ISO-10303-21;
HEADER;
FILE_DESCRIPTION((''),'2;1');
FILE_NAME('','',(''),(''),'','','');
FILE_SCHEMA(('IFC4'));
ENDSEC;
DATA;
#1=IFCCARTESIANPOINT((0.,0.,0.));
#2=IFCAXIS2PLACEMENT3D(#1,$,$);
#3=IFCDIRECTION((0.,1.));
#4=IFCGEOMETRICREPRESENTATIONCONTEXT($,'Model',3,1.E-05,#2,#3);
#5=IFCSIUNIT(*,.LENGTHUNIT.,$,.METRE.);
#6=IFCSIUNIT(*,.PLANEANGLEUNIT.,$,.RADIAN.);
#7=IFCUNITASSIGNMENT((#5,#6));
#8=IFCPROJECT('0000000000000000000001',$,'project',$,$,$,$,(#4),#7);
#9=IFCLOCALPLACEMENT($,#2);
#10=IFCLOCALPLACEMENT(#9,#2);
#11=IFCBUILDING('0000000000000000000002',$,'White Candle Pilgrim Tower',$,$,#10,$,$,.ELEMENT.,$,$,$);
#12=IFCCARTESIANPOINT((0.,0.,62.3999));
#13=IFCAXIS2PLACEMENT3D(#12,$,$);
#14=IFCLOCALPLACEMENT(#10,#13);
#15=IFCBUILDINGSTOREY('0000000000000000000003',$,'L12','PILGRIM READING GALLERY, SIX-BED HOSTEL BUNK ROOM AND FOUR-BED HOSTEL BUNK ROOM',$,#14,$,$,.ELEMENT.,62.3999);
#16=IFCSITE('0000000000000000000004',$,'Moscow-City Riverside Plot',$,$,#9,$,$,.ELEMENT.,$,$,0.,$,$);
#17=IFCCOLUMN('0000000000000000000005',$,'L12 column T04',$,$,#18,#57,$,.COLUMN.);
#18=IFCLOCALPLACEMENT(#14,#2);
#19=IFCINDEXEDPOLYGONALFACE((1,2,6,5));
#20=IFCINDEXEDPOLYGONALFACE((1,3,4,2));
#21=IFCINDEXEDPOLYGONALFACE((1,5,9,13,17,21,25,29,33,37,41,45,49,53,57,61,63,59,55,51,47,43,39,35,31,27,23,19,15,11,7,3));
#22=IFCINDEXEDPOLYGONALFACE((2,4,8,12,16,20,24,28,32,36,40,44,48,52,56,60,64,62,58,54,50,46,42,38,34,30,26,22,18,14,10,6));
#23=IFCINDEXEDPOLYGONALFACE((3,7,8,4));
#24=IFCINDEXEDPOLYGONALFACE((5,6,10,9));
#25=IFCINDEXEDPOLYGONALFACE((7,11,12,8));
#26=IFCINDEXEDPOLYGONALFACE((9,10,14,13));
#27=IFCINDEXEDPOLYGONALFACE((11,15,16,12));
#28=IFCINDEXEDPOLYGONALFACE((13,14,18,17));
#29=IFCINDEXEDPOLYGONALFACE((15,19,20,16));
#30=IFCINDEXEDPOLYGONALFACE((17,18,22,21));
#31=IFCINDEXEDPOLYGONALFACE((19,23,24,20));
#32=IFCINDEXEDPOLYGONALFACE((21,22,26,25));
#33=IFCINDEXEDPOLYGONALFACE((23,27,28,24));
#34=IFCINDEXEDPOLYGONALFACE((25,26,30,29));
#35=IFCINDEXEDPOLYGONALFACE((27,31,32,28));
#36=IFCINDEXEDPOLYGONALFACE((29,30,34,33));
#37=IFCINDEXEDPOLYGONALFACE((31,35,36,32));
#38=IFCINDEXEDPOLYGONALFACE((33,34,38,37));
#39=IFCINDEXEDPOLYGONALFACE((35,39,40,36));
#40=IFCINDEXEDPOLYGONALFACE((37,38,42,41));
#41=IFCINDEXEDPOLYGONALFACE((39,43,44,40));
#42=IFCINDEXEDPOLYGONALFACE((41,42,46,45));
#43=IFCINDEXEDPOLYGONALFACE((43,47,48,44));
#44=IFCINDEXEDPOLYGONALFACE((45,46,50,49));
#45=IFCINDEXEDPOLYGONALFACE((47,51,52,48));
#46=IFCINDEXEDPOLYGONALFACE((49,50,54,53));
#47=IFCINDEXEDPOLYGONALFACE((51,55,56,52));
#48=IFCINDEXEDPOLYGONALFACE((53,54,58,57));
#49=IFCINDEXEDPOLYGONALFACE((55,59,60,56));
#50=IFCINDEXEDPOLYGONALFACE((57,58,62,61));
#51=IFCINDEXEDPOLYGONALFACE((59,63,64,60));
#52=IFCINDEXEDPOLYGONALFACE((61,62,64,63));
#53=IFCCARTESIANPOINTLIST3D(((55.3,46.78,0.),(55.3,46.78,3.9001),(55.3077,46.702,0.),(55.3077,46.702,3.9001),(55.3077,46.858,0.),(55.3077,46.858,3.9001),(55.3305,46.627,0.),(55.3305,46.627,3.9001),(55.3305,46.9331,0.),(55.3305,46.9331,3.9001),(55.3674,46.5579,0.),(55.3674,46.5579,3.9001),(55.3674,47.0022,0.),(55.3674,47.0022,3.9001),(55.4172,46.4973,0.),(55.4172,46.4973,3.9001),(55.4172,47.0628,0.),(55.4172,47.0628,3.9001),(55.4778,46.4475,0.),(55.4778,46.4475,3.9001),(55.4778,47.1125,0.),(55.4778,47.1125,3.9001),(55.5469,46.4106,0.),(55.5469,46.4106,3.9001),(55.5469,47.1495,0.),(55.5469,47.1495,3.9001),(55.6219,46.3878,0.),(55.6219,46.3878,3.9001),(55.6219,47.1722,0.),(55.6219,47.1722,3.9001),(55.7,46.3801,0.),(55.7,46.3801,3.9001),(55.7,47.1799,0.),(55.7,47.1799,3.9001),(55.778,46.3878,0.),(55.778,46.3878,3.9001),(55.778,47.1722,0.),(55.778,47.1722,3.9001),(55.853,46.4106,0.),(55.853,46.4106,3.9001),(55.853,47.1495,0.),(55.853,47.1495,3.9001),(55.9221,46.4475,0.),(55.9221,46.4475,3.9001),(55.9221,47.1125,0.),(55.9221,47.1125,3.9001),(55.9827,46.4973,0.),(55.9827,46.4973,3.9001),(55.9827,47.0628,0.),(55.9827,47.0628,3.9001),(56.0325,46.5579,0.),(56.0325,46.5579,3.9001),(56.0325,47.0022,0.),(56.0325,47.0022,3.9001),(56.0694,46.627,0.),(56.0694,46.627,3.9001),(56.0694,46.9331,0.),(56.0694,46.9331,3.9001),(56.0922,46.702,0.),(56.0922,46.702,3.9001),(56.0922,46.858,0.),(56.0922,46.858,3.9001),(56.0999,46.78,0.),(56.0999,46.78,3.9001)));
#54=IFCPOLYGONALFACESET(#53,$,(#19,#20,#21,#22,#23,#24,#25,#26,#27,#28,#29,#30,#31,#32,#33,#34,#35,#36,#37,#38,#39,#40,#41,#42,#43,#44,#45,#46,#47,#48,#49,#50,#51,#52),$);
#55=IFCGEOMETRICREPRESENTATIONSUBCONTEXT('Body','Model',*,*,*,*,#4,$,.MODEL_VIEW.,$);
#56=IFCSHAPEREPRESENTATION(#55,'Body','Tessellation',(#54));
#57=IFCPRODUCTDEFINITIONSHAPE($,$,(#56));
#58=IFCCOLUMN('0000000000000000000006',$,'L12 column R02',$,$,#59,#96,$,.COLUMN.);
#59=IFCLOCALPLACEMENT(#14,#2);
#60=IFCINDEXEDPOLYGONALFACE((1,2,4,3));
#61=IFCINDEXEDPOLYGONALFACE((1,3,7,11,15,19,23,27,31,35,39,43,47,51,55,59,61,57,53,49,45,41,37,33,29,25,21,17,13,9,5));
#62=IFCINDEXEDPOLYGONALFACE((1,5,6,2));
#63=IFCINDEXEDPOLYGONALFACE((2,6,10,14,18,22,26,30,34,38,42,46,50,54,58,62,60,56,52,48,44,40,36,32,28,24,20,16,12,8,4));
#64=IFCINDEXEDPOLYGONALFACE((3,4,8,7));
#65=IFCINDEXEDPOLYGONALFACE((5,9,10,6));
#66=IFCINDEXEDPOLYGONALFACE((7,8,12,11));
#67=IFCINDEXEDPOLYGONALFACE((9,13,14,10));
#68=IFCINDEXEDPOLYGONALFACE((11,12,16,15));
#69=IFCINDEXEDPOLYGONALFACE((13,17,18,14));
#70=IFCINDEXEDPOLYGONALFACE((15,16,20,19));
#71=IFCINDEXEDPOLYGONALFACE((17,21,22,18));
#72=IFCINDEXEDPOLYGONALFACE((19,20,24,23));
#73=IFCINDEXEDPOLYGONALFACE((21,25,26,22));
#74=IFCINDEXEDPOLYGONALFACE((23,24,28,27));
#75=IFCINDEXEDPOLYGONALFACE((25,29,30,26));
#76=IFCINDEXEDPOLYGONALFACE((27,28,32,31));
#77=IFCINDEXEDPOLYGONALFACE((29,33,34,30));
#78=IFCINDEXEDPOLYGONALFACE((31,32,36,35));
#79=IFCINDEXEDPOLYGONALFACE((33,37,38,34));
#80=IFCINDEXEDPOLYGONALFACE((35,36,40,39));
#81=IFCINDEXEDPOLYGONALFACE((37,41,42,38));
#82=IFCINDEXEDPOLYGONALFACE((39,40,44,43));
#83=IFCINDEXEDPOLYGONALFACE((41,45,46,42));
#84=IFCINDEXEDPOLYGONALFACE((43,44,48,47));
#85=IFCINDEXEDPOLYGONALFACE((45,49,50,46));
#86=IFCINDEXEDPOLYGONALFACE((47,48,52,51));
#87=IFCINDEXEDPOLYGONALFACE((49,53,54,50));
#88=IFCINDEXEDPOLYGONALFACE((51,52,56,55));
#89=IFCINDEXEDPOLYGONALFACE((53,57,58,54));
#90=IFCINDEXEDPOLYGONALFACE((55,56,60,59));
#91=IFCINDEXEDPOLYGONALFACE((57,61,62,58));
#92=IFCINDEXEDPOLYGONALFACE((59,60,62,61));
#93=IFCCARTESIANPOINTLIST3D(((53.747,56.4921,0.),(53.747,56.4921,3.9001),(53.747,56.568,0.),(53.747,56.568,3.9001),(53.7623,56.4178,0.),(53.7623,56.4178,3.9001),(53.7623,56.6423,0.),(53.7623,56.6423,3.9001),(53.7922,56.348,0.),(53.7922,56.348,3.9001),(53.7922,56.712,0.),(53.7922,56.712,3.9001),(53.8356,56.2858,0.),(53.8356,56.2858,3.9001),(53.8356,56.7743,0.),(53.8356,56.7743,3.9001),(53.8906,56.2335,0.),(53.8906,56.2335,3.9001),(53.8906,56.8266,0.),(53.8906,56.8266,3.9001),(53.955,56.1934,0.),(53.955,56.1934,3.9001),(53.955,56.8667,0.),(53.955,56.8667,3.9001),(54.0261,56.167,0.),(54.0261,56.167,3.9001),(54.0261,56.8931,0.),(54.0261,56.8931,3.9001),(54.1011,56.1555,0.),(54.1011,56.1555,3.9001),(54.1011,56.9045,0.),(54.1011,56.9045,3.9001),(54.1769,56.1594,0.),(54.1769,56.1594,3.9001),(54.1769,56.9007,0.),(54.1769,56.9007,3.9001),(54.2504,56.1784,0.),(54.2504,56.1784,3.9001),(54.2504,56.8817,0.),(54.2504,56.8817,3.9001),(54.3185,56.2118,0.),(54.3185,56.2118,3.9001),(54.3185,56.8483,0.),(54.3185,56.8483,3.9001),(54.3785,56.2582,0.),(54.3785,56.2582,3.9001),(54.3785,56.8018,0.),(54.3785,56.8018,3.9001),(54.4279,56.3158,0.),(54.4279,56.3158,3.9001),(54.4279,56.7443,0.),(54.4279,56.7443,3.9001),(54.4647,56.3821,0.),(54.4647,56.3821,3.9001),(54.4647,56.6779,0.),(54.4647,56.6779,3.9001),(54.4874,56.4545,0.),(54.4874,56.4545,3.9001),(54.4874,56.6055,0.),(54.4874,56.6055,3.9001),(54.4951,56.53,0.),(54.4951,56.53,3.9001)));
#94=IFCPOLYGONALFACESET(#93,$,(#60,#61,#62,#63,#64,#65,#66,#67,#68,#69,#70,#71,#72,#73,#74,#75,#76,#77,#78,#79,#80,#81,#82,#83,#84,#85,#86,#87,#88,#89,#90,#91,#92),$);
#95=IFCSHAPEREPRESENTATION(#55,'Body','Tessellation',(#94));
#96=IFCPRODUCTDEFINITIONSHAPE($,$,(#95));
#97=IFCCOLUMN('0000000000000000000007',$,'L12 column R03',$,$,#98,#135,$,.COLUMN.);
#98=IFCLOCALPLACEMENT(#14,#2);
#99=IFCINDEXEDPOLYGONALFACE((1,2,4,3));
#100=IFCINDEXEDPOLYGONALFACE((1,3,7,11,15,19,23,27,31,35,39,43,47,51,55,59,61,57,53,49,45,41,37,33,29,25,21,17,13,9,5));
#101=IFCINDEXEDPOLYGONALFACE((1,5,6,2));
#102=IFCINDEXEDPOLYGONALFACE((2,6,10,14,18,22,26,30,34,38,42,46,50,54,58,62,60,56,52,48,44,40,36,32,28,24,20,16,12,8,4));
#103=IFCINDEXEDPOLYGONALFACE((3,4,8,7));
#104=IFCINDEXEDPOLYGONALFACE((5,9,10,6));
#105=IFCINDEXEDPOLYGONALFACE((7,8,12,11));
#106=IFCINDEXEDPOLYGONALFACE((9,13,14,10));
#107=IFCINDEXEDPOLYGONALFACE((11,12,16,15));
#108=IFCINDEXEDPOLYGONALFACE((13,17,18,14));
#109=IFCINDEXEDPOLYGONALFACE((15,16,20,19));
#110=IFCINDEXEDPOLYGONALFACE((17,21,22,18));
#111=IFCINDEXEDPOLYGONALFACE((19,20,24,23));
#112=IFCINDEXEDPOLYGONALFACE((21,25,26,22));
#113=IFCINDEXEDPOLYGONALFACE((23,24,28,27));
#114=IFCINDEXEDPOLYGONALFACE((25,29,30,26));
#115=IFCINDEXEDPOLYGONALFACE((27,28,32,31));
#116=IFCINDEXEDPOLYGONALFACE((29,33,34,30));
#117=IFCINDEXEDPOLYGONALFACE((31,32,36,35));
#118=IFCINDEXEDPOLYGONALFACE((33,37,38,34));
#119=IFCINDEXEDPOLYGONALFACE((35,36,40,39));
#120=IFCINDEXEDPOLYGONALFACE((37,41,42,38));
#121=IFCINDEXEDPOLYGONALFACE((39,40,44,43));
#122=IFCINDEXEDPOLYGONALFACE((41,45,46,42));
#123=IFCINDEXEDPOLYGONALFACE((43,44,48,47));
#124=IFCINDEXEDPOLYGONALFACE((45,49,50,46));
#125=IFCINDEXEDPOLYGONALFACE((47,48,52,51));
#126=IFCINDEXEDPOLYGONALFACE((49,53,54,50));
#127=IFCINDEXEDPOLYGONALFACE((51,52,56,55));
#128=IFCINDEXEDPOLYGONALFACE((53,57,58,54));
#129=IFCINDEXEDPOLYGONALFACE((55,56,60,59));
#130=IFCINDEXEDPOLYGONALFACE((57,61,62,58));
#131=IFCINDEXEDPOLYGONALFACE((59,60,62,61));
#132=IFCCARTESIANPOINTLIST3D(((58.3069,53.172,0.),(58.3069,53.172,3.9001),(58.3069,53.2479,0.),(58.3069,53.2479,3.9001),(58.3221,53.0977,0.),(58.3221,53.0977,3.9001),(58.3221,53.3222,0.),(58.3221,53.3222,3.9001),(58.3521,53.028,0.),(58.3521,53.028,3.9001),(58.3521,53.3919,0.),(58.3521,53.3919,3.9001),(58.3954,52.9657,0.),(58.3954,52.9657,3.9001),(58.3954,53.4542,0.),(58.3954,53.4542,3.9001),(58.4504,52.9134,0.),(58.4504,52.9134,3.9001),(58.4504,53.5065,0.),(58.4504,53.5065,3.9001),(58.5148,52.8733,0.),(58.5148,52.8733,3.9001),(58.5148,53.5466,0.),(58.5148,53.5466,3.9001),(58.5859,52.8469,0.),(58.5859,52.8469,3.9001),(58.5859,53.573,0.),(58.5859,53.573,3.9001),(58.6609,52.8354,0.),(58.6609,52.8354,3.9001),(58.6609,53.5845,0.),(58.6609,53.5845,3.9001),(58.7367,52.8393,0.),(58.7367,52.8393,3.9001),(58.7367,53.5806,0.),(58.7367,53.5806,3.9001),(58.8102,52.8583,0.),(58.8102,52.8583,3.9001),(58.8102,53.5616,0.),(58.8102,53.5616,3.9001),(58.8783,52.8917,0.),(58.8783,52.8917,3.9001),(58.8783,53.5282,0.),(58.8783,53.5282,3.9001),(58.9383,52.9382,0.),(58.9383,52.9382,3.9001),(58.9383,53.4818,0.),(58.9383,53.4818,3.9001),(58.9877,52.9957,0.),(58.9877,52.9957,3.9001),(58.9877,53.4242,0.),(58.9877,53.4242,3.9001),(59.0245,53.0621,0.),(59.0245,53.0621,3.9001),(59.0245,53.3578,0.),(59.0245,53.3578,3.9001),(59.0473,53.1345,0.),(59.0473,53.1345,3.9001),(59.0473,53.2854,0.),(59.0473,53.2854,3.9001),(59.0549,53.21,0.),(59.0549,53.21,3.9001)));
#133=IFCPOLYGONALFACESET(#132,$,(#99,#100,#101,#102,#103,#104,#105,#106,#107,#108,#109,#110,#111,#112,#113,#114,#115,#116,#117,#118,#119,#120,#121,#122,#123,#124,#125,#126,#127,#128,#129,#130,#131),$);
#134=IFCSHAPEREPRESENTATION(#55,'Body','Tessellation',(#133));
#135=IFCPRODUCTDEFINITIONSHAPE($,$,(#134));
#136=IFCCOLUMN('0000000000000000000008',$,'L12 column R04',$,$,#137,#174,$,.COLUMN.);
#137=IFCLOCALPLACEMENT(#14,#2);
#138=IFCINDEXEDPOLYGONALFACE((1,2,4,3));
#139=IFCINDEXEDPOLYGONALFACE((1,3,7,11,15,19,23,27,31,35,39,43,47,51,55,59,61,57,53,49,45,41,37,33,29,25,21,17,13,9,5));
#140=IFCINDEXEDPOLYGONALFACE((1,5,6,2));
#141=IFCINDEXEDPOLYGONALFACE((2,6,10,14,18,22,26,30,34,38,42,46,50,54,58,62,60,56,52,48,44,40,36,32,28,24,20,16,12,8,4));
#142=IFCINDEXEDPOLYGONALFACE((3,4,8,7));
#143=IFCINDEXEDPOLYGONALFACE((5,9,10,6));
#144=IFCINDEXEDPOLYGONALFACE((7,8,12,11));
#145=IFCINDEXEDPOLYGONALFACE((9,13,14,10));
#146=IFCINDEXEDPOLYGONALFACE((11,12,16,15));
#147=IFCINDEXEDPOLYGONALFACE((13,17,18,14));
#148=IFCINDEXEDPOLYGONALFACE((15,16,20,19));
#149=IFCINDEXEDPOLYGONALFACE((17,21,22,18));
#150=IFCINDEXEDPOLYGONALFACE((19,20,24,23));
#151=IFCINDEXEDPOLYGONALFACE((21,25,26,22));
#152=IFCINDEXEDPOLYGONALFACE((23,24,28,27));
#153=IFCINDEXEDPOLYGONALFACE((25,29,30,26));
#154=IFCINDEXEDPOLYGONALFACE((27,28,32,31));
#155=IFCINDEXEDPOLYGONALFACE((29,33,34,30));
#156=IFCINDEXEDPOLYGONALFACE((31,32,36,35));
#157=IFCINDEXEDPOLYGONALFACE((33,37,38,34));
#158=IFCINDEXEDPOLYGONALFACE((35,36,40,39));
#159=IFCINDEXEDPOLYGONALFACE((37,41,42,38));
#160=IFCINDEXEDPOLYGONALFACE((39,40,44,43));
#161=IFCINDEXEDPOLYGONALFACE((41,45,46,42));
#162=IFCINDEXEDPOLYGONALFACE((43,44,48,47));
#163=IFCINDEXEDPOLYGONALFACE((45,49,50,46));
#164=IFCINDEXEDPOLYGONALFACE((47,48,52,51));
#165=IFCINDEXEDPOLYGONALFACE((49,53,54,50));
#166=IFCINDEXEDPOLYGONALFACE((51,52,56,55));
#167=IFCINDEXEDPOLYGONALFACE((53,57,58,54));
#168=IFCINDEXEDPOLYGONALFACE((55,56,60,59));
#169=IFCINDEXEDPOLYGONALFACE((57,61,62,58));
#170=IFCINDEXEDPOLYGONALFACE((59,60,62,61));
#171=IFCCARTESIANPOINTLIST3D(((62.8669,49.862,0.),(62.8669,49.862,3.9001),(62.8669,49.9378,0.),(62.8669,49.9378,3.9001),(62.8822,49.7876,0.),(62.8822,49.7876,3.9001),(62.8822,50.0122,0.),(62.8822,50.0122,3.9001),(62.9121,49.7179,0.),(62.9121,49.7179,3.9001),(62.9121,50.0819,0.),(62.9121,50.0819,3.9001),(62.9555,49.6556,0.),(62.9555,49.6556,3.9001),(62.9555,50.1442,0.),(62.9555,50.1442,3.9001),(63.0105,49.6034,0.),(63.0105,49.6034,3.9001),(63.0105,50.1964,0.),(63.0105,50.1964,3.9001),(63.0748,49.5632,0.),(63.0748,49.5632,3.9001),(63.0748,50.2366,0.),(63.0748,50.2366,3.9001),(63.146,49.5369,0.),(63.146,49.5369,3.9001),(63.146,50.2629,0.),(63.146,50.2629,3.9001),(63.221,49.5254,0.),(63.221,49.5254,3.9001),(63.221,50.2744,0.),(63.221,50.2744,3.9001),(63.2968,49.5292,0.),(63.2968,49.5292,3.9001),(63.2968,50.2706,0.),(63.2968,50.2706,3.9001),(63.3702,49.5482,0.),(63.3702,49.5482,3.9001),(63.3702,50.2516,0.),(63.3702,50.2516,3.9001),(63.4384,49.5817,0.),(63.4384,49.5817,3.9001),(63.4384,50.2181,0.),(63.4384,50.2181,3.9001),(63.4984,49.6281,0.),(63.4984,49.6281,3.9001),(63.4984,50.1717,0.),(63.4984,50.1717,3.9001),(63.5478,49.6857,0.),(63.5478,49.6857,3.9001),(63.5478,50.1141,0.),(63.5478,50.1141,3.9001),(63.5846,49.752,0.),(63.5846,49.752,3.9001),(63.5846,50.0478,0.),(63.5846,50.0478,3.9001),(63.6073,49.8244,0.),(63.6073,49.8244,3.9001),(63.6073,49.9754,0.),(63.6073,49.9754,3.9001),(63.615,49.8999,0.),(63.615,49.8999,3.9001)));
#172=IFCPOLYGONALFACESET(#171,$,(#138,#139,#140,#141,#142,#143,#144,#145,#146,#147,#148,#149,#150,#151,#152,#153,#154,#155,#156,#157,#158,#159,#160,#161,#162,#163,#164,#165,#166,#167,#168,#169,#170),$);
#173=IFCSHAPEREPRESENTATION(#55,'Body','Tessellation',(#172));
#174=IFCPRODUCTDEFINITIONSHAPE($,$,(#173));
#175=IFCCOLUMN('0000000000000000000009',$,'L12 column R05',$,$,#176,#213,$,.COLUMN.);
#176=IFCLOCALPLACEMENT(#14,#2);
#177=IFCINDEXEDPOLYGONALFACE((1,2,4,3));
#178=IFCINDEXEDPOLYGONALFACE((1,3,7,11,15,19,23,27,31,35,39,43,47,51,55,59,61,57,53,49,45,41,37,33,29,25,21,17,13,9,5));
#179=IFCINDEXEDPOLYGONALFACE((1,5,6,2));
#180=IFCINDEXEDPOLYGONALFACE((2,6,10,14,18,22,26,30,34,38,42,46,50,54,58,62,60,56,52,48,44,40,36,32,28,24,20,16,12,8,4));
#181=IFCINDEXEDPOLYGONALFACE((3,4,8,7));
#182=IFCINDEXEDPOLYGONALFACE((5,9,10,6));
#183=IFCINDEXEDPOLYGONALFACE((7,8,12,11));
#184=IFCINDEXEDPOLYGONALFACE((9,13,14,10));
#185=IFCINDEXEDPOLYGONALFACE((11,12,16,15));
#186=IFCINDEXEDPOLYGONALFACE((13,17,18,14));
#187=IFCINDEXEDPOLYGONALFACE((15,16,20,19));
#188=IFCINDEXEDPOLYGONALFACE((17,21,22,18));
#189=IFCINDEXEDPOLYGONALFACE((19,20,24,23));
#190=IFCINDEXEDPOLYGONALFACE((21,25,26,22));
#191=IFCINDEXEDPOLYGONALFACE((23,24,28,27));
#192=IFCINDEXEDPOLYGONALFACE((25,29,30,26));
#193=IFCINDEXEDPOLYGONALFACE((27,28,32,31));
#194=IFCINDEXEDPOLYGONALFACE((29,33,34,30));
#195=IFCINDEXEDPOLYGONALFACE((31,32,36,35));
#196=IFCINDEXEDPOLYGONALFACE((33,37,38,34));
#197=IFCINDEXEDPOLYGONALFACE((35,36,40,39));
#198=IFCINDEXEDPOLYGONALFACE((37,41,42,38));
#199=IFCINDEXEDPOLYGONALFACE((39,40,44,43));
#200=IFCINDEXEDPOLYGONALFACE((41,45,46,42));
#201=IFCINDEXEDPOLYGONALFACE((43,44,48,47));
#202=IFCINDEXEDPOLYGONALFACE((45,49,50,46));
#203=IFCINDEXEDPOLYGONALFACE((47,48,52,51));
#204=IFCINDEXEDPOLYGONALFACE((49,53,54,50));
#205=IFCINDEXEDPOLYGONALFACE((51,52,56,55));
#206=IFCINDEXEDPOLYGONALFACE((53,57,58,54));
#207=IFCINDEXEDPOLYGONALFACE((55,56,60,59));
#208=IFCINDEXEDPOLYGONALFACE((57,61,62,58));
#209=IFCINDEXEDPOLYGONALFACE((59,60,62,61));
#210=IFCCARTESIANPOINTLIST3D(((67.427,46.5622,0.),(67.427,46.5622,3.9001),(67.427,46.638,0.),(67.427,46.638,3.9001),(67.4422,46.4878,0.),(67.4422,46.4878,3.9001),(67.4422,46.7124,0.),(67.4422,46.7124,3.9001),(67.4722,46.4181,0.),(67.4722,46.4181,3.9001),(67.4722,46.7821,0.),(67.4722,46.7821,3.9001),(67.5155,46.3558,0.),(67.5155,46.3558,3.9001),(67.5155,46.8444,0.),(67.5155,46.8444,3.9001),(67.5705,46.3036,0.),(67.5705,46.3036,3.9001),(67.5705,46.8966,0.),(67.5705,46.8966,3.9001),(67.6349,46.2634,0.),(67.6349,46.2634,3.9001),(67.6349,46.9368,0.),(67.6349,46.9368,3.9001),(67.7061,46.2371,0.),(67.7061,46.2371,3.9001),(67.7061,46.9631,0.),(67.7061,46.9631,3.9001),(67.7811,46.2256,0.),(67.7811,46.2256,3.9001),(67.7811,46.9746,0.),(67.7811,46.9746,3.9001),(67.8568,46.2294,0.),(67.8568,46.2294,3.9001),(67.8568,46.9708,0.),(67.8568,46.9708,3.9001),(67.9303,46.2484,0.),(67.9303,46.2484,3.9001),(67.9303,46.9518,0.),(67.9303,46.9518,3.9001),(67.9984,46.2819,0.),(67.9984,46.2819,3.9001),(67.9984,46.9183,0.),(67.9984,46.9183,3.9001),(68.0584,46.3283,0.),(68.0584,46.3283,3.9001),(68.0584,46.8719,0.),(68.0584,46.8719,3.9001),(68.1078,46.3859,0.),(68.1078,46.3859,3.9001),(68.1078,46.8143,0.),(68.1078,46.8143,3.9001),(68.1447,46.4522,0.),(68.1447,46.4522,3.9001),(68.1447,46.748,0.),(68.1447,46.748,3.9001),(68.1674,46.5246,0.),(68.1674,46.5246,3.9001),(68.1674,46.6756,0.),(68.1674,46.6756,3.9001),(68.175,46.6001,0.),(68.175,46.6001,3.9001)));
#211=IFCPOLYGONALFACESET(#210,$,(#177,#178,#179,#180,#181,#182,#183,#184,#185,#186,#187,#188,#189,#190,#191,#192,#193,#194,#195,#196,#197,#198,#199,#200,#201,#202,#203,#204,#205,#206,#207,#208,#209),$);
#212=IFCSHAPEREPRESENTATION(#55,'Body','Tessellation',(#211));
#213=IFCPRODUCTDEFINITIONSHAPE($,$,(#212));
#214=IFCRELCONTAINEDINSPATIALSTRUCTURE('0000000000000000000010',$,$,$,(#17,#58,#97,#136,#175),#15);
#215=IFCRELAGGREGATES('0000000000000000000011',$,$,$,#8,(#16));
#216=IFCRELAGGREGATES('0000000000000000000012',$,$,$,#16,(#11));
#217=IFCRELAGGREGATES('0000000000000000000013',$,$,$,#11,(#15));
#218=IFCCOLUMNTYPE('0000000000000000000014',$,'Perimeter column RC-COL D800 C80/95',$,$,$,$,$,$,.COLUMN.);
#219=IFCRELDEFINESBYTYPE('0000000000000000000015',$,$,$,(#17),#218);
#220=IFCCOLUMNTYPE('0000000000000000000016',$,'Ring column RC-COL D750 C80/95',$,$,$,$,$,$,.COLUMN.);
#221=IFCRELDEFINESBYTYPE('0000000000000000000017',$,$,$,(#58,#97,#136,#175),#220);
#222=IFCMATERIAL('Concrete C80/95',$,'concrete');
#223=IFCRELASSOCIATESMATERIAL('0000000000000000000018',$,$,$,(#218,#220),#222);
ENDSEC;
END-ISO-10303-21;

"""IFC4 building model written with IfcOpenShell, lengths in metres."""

from ifc_helpers import new_model, si_unit, direction, frame, origin, origin_2d, place, context, subcontext, project, spatial, circle, extrude, material, material_profile, profile_set, type_object, element, save


model = new_model("IFC4")

# Units and contexts
model_context = context("Model", 3, precision=1e-05, world=origin(), true_north=direction((0.0, 1.0)))
body_context = subcontext(model_context, "Body", "Model", "MODEL_VIEW")
ifc_project = project(units=[si_unit("LENGTHUNIT", "METRE"), si_unit("PLANEANGLEUNIT", "RADIAN")], contexts=[model_context])

# Site, building, storey
site_placement = place(None, origin())
site = spatial("IfcSite", under=ifc_project, at=site_placement, Name="Moscow-City Riverside Plot", CompositionType="ELEMENT", RefElevation=0.0)
building_placement = place(site_placement, origin())
building = spatial("IfcBuilding", under=site, at=building_placement, Name="White Candle Pilgrim Tower", CompositionType="ELEMENT")
storey_placement = place(building_placement, frame((0.0, 0.0, 62.3999)))
storey = spatial("IfcBuildingStorey", under=building, at=storey_placement, Name="L12", Description="PILGRIM READING GALLERY, SIX-BED HOSTEL BUNK ROOM AND FOUR-BED HOSTEL BUNK ROOM", CompositionType="ELEMENT", Elevation=62.3999)

# Columns
ifc_material_1 = material(Name="Concrete C80/95", Category="concrete")
ifc_material_profile_1 = material_profile(ifc_material_1, circle(Radius=0.3999, at=origin_2d()), Name="RC-COL D800")
ifc_profile_set_1 = profile_set([ifc_material_profile_1], Name="Concrete C80/95")
column_type_1 = type_object("IfcColumnType", Name="Perimeter column RC-COL D800 C80/95", PredefinedType="COLUMN", material=ifc_profile_set_1)
column_placement = place(storey_placement, frame((55.7, 46.78, 0.0), z_axis=(0.0, 0.0, 1.0), x_axis=(1.0, 0.0, 0.0)))
element("IfcColumn", 1, at=column_placement, inside=storey, type_object=column_type_1, Name="L12 column T04", PredefinedType="COLUMN", context=body_context, shape_type="SweptSolid", body=[
    extrude(circle(Radius=0.3999, at=origin_2d()), origin(), (0.0, 0.0, 1.0), 3.9001),
])
ifc_material_profile_2 = material_profile(ifc_material_1, circle(Radius=0.375, at=origin_2d()), Name="RC-COL D750")
ifc_profile_set_2 = profile_set([ifc_material_profile_2], Name="Concrete C80/95")
column_type_2 = type_object("IfcColumnType", Name="Ring column RC-COL D750 C80/95", PredefinedType="COLUMN", material=ifc_profile_set_2)
for number, where, z_axis, x_axis, name in (
    (2, (54.1201, 56.53, 0.0), (0.0, 0.0, 1.0), (1.0, 0.0, 0.0), "L12 column R02"),
    (3, (58.6799, 53.21, 0.0), (0.0, 0.0, 1.0), (1.0, 0.0, 0.0), "L12 column R03"),
    (4, (63.24, 49.8999, 0.0), (0.0, 0.0, 1.0), (1.0, 0.0, 0.0), "L12 column R04"),
    (5, (67.8, 46.6001, 0.0), (0.0, 0.0, 1.0), (1.0, 0.0, 0.0), "L12 column R05"),
):
    element("IfcColumn", number, at=place(storey_placement, frame(where, z_axis=z_axis, x_axis=x_axis)), inside=storey, type_object=column_type_2, Name=name, PredefinedType="COLUMN", context=body_context, shape_type="SweptSolid", body=[
        extrude(circle(Radius=0.375, at=origin_2d()), origin(), (0.0, 0.0, 1.0), 3.9001),
    ])

save(model, "model.ifc")
